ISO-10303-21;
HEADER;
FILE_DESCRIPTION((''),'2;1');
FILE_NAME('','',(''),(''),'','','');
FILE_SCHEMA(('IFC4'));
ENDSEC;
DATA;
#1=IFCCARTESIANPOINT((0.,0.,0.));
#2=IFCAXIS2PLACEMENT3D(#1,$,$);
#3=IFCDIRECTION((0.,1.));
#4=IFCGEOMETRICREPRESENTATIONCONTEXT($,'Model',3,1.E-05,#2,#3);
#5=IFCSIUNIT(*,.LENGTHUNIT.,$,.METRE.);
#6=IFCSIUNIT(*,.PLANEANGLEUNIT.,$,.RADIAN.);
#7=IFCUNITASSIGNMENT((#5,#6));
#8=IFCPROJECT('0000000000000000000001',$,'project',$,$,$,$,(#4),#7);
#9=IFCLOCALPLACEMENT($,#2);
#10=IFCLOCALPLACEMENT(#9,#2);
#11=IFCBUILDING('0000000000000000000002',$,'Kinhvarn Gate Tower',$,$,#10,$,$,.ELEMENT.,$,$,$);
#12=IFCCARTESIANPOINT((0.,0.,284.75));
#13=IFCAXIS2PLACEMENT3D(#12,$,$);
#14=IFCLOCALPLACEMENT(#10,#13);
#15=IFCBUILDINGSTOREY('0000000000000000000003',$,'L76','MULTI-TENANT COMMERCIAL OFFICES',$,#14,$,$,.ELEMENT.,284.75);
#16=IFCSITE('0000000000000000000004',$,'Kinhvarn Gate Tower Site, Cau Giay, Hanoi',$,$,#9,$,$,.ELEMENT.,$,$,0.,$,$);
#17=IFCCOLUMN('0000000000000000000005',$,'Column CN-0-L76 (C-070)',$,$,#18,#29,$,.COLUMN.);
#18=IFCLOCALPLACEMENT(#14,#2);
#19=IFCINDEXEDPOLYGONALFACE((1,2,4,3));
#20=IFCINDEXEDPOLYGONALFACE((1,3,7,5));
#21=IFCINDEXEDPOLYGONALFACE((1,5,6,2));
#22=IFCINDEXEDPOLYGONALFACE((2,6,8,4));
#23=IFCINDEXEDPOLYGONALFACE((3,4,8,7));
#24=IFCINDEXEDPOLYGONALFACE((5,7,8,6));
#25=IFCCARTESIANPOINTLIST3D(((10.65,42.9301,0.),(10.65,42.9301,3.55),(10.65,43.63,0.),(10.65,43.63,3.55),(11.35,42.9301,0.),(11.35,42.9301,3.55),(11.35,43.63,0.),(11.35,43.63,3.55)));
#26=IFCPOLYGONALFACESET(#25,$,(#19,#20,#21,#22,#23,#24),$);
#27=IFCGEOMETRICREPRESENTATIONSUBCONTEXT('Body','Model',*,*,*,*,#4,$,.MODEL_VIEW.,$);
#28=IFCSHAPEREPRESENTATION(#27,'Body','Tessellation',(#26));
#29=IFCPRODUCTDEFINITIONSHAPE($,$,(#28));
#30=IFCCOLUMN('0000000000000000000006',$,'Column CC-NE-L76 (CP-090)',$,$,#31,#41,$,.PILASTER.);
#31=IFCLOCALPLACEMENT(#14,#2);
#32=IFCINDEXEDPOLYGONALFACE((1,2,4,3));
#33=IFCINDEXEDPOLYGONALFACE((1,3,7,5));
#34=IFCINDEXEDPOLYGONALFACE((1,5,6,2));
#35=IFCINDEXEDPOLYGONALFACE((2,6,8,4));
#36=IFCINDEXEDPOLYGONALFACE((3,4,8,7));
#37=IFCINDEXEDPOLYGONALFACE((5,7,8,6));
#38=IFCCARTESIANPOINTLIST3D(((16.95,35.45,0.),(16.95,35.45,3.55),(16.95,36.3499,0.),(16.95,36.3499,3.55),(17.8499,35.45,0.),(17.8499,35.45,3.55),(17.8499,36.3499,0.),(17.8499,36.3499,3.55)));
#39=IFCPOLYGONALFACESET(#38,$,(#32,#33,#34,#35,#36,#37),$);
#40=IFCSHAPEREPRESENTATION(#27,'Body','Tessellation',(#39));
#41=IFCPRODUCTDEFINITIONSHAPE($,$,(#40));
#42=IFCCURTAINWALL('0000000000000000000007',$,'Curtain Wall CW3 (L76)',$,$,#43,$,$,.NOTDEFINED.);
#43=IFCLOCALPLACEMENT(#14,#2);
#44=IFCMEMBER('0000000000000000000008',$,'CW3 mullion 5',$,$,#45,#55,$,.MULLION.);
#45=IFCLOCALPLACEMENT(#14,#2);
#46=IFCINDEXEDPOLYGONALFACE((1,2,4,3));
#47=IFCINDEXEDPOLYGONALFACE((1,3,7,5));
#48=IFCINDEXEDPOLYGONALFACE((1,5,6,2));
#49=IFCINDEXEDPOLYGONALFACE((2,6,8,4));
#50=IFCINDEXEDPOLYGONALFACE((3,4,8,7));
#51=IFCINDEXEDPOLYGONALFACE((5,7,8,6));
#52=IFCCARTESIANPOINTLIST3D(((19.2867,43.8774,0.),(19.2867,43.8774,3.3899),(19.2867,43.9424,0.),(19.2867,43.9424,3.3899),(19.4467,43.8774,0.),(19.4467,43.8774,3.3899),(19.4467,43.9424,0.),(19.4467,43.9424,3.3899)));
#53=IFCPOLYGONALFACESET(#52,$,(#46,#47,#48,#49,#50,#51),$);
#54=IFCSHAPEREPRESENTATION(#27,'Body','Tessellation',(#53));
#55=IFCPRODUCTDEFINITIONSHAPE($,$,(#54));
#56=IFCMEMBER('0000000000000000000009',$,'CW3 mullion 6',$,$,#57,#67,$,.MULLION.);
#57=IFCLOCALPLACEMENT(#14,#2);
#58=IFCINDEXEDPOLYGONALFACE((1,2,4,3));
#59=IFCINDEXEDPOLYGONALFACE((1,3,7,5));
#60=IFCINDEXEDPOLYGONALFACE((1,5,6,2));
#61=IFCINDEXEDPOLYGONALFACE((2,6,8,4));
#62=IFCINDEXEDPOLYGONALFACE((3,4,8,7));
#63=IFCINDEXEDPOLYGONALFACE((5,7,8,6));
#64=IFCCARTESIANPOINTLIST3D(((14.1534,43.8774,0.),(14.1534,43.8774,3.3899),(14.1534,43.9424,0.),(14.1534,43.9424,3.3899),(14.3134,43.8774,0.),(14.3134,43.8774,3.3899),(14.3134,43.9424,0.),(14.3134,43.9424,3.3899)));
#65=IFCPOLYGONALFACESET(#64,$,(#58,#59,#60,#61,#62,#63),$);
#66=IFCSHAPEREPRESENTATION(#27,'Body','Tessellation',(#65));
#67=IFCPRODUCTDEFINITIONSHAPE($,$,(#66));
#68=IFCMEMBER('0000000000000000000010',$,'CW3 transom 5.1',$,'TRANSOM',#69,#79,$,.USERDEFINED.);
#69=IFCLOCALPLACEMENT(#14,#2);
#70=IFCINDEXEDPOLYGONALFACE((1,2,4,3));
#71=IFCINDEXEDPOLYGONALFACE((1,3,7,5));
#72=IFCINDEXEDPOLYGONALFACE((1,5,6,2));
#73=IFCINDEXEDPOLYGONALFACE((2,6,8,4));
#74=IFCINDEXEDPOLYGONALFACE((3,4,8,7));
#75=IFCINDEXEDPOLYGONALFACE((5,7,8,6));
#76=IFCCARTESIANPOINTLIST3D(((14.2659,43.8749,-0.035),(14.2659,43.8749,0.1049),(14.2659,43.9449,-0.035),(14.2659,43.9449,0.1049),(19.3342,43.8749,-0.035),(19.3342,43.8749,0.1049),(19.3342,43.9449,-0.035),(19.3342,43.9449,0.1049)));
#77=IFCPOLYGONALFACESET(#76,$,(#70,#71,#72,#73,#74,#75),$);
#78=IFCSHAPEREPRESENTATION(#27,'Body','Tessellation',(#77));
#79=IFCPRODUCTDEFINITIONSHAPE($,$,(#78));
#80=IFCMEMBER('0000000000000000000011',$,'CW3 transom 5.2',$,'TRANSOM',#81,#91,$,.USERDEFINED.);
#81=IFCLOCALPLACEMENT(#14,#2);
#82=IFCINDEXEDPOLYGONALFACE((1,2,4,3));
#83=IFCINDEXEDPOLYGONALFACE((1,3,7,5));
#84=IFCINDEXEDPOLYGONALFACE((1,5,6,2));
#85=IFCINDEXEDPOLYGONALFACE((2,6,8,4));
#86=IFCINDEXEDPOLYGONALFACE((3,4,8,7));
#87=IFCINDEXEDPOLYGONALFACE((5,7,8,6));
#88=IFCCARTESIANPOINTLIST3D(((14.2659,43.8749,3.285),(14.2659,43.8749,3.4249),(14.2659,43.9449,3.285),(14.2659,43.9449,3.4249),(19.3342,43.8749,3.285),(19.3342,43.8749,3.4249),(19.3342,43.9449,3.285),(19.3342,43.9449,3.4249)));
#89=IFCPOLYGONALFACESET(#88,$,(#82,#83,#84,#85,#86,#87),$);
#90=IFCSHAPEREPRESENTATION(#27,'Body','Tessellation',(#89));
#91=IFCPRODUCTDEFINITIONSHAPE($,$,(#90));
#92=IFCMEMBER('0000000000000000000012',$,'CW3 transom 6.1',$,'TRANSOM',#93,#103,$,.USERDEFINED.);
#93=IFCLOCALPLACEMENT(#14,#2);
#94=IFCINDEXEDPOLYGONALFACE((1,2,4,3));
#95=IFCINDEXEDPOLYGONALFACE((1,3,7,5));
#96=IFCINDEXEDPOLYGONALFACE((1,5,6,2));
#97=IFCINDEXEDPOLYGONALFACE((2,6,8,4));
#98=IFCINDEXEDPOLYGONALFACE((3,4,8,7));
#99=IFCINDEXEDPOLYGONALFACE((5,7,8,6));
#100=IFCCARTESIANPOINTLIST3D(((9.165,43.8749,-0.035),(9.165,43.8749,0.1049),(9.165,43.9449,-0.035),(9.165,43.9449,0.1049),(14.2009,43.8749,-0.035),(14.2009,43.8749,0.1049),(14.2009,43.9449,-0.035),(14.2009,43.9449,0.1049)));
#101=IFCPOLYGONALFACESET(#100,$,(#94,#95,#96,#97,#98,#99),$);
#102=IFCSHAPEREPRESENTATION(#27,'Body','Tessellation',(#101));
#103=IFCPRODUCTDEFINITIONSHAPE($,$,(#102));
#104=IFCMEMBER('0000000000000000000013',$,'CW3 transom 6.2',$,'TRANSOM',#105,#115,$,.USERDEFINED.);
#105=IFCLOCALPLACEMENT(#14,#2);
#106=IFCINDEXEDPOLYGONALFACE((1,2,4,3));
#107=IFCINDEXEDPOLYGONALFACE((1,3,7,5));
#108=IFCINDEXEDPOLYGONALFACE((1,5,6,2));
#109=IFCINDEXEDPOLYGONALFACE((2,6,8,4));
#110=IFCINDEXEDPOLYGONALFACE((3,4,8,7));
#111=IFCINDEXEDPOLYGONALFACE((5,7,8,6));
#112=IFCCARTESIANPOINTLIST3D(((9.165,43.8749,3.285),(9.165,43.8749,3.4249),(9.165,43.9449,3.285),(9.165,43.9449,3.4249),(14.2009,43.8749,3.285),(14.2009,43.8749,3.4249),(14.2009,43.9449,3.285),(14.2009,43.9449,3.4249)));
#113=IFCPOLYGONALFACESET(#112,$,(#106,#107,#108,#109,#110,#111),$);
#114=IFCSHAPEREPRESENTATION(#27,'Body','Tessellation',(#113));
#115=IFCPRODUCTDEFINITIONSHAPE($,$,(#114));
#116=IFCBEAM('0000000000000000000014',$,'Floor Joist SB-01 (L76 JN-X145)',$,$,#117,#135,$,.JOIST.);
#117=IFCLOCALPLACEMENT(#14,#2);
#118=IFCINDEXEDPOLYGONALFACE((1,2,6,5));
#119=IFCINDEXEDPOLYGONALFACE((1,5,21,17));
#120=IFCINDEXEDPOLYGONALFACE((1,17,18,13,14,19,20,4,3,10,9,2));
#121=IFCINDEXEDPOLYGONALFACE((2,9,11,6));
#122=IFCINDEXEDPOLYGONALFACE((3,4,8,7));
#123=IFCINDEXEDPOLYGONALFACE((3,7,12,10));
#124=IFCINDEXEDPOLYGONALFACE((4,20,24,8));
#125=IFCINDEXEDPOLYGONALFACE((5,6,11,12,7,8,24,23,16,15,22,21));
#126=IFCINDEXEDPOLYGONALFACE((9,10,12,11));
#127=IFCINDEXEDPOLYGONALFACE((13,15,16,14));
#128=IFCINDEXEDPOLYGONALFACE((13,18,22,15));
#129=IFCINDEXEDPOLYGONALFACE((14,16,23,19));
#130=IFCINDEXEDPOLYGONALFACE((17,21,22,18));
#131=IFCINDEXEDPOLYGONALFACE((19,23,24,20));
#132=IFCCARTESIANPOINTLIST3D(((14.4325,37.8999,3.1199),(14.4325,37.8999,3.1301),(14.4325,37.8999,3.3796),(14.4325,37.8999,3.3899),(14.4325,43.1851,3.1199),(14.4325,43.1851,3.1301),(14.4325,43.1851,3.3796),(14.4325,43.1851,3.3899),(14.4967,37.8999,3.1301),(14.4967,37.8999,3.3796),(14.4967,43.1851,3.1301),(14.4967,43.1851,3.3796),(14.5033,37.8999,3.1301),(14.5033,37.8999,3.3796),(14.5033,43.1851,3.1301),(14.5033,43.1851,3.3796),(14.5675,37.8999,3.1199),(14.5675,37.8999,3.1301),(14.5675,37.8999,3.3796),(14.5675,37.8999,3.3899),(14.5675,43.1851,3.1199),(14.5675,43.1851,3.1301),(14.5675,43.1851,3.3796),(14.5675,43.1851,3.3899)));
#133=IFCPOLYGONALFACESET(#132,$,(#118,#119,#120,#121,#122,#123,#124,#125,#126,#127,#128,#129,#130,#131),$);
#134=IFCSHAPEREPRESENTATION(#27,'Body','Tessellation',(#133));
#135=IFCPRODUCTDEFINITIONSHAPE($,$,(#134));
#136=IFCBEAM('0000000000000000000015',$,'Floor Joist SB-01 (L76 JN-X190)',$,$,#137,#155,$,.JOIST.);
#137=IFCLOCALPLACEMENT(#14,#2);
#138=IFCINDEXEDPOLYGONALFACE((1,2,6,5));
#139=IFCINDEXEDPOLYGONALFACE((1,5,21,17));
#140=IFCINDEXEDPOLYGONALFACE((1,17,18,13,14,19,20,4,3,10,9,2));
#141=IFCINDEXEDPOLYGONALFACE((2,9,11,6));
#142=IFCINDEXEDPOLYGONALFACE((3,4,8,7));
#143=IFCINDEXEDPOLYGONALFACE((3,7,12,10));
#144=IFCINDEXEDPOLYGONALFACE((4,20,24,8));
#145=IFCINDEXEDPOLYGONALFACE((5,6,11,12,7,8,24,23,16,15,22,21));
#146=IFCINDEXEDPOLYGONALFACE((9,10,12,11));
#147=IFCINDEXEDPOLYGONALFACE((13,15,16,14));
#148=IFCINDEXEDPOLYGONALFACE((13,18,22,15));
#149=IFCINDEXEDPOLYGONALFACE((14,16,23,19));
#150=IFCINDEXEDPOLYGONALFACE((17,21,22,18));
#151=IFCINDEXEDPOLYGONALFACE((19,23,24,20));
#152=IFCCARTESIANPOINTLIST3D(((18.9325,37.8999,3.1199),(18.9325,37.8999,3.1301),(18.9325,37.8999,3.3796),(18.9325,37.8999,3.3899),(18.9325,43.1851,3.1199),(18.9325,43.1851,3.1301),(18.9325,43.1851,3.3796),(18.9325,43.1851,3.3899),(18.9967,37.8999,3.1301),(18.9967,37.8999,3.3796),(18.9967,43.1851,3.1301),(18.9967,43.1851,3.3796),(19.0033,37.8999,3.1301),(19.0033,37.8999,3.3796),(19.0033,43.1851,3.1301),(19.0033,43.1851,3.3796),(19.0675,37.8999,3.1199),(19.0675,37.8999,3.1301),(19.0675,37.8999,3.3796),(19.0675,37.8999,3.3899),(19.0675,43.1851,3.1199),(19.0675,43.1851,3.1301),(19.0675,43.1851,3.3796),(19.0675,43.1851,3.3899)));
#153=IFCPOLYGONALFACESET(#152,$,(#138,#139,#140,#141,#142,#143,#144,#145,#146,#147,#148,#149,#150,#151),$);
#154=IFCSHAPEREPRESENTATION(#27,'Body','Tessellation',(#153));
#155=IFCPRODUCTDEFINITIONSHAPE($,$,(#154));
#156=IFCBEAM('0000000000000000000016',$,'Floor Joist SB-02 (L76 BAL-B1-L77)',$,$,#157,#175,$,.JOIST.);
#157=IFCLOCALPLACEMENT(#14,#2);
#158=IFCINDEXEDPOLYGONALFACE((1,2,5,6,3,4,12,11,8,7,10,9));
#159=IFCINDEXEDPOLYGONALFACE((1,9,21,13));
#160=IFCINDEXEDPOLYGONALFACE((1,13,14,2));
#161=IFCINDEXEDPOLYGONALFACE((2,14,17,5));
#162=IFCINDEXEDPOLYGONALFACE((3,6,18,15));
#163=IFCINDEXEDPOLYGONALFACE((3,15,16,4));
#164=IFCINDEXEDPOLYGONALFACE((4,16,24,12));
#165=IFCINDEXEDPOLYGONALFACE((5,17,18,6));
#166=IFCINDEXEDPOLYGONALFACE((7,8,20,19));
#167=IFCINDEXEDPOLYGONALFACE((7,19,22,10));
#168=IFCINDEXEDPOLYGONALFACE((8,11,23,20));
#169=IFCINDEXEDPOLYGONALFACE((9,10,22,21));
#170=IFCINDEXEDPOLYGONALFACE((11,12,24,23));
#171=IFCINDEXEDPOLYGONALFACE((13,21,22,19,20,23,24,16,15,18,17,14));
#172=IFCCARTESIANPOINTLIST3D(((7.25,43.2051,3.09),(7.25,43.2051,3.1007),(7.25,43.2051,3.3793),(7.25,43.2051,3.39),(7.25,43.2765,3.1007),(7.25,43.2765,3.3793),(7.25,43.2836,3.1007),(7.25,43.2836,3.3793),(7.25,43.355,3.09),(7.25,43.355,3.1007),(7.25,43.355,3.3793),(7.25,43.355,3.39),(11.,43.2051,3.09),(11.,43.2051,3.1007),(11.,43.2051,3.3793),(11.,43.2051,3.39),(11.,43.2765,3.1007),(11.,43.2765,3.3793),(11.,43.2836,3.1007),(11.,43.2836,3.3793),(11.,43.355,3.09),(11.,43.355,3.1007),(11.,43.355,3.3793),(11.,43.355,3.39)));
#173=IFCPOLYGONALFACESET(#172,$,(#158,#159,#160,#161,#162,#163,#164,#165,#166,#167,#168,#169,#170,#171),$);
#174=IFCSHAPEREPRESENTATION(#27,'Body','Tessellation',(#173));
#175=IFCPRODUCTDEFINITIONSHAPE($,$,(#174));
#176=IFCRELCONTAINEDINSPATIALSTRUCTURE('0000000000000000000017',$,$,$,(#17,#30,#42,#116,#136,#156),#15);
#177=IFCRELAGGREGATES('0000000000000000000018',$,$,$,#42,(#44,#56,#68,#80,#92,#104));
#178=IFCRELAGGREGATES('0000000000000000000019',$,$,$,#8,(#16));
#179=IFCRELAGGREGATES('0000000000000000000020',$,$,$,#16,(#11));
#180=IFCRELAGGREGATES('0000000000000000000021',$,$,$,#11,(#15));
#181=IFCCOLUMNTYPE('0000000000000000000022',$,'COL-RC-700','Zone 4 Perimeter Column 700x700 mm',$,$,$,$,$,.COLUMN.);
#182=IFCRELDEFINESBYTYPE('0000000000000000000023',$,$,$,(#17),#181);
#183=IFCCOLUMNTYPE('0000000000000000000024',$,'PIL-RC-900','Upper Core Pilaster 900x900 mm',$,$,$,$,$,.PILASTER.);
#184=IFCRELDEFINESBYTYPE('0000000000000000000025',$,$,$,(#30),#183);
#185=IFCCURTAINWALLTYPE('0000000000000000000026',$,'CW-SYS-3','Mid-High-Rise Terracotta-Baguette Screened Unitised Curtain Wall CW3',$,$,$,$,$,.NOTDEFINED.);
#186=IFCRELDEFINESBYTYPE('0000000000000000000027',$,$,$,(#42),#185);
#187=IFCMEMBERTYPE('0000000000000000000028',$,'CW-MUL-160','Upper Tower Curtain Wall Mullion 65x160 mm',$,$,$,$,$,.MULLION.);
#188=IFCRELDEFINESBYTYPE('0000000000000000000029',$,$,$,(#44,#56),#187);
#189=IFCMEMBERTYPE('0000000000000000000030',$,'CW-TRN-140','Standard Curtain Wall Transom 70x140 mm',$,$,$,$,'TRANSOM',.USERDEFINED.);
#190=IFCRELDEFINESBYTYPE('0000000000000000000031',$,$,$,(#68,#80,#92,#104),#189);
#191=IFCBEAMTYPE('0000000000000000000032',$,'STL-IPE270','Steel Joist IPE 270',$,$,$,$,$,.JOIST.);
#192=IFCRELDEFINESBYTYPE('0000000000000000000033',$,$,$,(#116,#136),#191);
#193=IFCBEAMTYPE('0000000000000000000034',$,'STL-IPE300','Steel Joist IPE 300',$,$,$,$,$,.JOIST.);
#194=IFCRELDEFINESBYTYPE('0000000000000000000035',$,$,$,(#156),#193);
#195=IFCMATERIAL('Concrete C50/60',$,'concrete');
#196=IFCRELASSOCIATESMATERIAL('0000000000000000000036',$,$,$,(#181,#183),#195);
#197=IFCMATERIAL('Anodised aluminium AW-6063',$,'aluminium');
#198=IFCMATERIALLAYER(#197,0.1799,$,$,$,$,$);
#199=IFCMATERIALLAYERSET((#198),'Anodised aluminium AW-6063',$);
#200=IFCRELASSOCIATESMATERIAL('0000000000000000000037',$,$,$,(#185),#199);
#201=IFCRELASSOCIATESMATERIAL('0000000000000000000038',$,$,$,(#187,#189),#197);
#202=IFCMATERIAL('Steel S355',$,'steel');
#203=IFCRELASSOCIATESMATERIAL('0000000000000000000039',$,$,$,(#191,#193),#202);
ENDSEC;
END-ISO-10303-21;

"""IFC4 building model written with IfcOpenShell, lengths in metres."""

from ifc_helpers import new_model, si_unit, direction, frame, origin, origin_2d, place, context, subcontext, project, spatial, rectangle, i_section, extrude, material, layer, layer_set, material_profile, profile_set, type_object, element, aggregate, save


model = new_model("IFC4")

# Units and contexts
model_context = context("Model", 3, precision=1e-05, world=origin(), true_north=direction((0.0, 1.0)))
body_context = subcontext(model_context, "Body", "Model", "MODEL_VIEW")
ifc_project = project(units=[si_unit("LENGTHUNIT", "METRE"), si_unit("PLANEANGLEUNIT", "RADIAN")], contexts=[model_context])

# Site, building, storey
site_placement = place(None, origin())
site = spatial("IfcSite", under=ifc_project, at=site_placement, Name="Kinhvarn Gate Tower Site, Cau Giay, Hanoi", CompositionType="ELEMENT", RefElevation=0.0)
building_placement = place(site_placement, origin())
building = spatial("IfcBuilding", under=site, at=building_placement, Name="Kinhvarn Gate Tower", CompositionType="ELEMENT")
storey_placement = place(building_placement, frame((0.0, 0.0, 284.75)))
storey = spatial("IfcBuildingStorey", under=building, at=storey_placement, Name="L76", Description="MULTI-TENANT COMMERCIAL OFFICES", CompositionType="ELEMENT", Elevation=284.75)

# Columns
ifc_material_1 = material(Name="Concrete C50/60", Category="concrete")
ifc_material_profile_1 = material_profile(ifc_material_1, rectangle(XDim=0.7, YDim=0.7, at=origin_2d()), Name="RC 700x700")
ifc_profile_set_1 = profile_set([ifc_material_profile_1], Name="Concrete C50/60")
column_type_1 = type_object("IfcColumnType", Name="COL-RC-700", Description="Zone 4 Perimeter Column 700x700 mm", PredefinedType="COLUMN", material=ifc_profile_set_1)
column_1_placement = place(storey_placement, frame((11.0, 43.28, 0.0), z_axis=(0.0, 0.0, 1.0), x_axis=(1.0, 0.0, 0.0)))
element("IfcColumn", 1, at=column_1_placement, inside=storey, type_object=column_type_1, Name="Column CN-0-L76 (C-070)", PredefinedType="COLUMN", context=body_context, shape_type="SweptSolid", body=[
    extrude(rectangle(XDim=0.7, YDim=0.7, at=origin_2d()), origin(), (0.0, 0.0, 1.0), 3.55),
])
ifc_material_profile_2 = material_profile(ifc_material_1, rectangle(XDim=0.8999, YDim=0.8999, at=origin_2d()), Name="RC 900x900")
ifc_profile_set_2 = profile_set([ifc_material_profile_2], Name="Concrete C50/60")
column_type_2 = type_object("IfcColumnType", Name="PIL-RC-900", Description="Upper Core Pilaster 900x900 mm", PredefinedType="PILASTER", material=ifc_profile_set_2)
column_2_placement = place(storey_placement, frame((17.3999, 35.8999, 0.0), z_axis=(0.0, 0.0, 1.0), x_axis=(1.0, 0.0, 0.0)))
element("IfcColumn", 2, at=column_2_placement, inside=storey, type_object=column_type_2, Name="Column CC-NE-L76 (CP-090)", PredefinedType="PILASTER", context=body_context, shape_type="SweptSolid", body=[
    extrude(rectangle(XDim=0.8999, YDim=0.8999, at=origin_2d()), origin(), (0.0, 0.0, 1.0), 3.55),
])

# Curtain wall, members
ifc_material_2 = material(Name="Anodised aluminium AW-6063", Category="aluminium")
ifc_layer_1 = layer(ifc_material_2, 0.1799)
ifc_layer_set_1 = layer_set([ifc_layer_1], Name="Anodised aluminium AW-6063")
curtain_wall_type = type_object("IfcCurtainWallType", Name="CW-SYS-3", Description="Mid-High-Rise Terracotta-Baguette Screened Unitised Curtain Wall CW3", PredefinedType="NOTDEFINED", material=ifc_layer_set_1)
curtain_wall_placement = place(storey_placement, origin())
curtain_wall = element("IfcCurtainWall", 3, at=curtain_wall_placement, inside=storey, type_object=curtain_wall_type, Name="Curtain Wall CW3 (L76)", PredefinedType="NOTDEFINED")
ifc_material_profile_3 = material_profile(ifc_material_2, rectangle(XDim=0.0649, YDim=0.1599, at=origin_2d()), Name="ALU 65x160")
ifc_profile_set_3 = profile_set([ifc_material_profile_3], Name="Anodised aluminium AW-6063")
member_type_1 = type_object("IfcMemberType", Name="CW-MUL-160", Description="Upper Tower Curtain Wall Mullion 65x160 mm", PredefinedType="MULLION", material=ifc_profile_set_3)
member_1_placement = place(storey_placement, frame((19.3667, 43.9099, 0.0), z_axis=(0.0, 0.0, 1.0), x_axis=(0.0, -1.0, 0.0)))
member_1 = element("IfcMember", 4, at=member_1_placement, type_object=member_type_1, Name="CW3 mullion 5", PredefinedType="MULLION", context=body_context, shape_type="SweptSolid", body=[
    extrude(rectangle(XDim=0.0649, YDim=0.1599, at=origin_2d()), origin(), (0.0, 0.0, 1.0), 3.3899),
])
member_2_placement = place(storey_placement, frame((14.2334, 43.9099, 0.0), z_axis=(0.0, 0.0, 1.0), x_axis=(0.0, -1.0, 0.0)))
member_2 = element("IfcMember", 5, at=member_2_placement, type_object=member_type_1, Name="CW3 mullion 6", PredefinedType="MULLION", context=body_context, shape_type="SweptSolid", body=[
    extrude(rectangle(XDim=0.0649, YDim=0.1599, at=origin_2d()), origin(), (0.0, 0.0, 1.0), 3.3899),
])
ifc_material_profile_4 = material_profile(ifc_material_2, rectangle(XDim=0.0701, YDim=0.1399, at=origin_2d()), Name="ALU 70x140")
ifc_profile_set_4 = profile_set([ifc_material_profile_4], Name="Anodised aluminium AW-6063")
member_type_2 = type_object("IfcMemberType", Name="CW-TRN-140", Description="Standard Curtain Wall Transom 70x140 mm", ElementType="TRANSOM", PredefinedType="USERDEFINED", material=ifc_profile_set_4)
member_3_placement = place(storey_placement, frame((19.3342, 43.9099, 0.0349), z_axis=(-1.0, 0.0, 0.0), x_axis=(0.0, -1.0, 0.0)))
member_3 = element("IfcMember", 6, at=member_3_placement, type_object=member_type_2, Name="CW3 transom 5.1", ObjectType="TRANSOM", PredefinedType="USERDEFINED", context=body_context, shape_type="SweptSolid", body=[
    extrude(rectangle(XDim=0.0701, YDim=0.1399, at=origin_2d()), origin(), (0.0, 0.0, 1.0), 5.0684),
])
member_4_placement = place(storey_placement, frame((19.3342, 43.9099, 3.355), z_axis=(-1.0, 0.0, 0.0), x_axis=(0.0, -1.0, 0.0)))
member_4 = element("IfcMember", 7, at=member_4_placement, type_object=member_type_2, Name="CW3 transom 5.2", ObjectType="TRANSOM", PredefinedType="USERDEFINED", context=body_context, shape_type="SweptSolid", body=[
    extrude(rectangle(XDim=0.0701, YDim=0.1399, at=origin_2d()), origin(), (0.0, 0.0, 1.0), 5.0684),
])
member_5_placement = place(storey_placement, frame((14.2009, 43.9099, 0.0349), z_axis=(-1.0, 0.0, 0.0), x_axis=(0.0, -1.0, 0.0)))
member_5 = element("IfcMember", 8, at=member_5_placement, type_object=member_type_2, Name="CW3 transom 6.1", ObjectType="TRANSOM", PredefinedType="USERDEFINED", context=body_context, shape_type="SweptSolid", body=[
    extrude(rectangle(XDim=0.0701, YDim=0.1399, at=origin_2d()), origin(), (0.0, 0.0, 1.0), 5.0359),
])
member_6_placement = place(storey_placement, frame((14.2009, 43.9099, 3.355), z_axis=(-1.0, 0.0, 0.0), x_axis=(0.0, -1.0, 0.0)))
member_6 = element("IfcMember", 9, at=member_6_placement, type_object=member_type_2, Name="CW3 transom 6.2", ObjectType="TRANSOM", PredefinedType="USERDEFINED", context=body_context, shape_type="SweptSolid", body=[
    extrude(rectangle(XDim=0.0701, YDim=0.1399, at=origin_2d()), origin(), (0.0, 0.0, 1.0), 5.0359),
])

# Beams
ifc_material_3 = material(Name="Steel S355", Category="steel")
ifc_material_profile_5 = material_profile(ifc_material_3, i_section(OverallWidth=0.135, OverallDepth=0.27, WebThickness=0.0066, FlangeThickness=0.0103, at=origin_2d()), Name="IPE 270")
ifc_profile_set_5 = profile_set([ifc_material_profile_5], Name="Steel S355")
beam_type_1 = type_object("IfcBeamType", Name="STL-IPE270", Description="Steel Joist IPE 270", PredefinedType="JOIST", material=ifc_profile_set_5)
for number, where, z_axis, x_axis, name in (
    (10, (14.5, 37.8999, 3.2549), (0.0, 1.0, 0.0), (-1.0, 0.0, 0.0), "Floor Joist SB-01 (L76 JN-X145)"),
    (11, (19.0, 37.8999, 3.2549), (0.0, 1.0, 0.0), (-1.0, 0.0, 0.0), "Floor Joist SB-01 (L76 JN-X190)"),
):
    element("IfcBeam", number, at=place(storey_placement, frame(where, z_axis=z_axis, x_axis=x_axis)), inside=storey, type_object=beam_type_1, Name=name, PredefinedType="JOIST", context=body_context, shape_type="SweptSolid", body=[
        extrude(i_section(OverallWidth=0.135, OverallDepth=0.27, WebThickness=0.0066, FlangeThickness=0.0103, at=origin_2d()), origin(), (0.0, 0.0, 1.0), 5.2852),
    ])
ifc_material_profile_6 = material_profile(ifc_material_3, i_section(OverallWidth=0.1499, OverallDepth=0.3, WebThickness=0.0071, FlangeThickness=0.0107, at=origin_2d()), Name="IPE 300")
ifc_profile_set_6 = profile_set([ifc_material_profile_6], Name="Steel S355")
beam_type_2 = type_object("IfcBeamType", Name="STL-IPE300", Description="Steel Joist IPE 300", PredefinedType="JOIST", material=ifc_profile_set_6)
beam_1_placement = place(storey_placement, frame((11.0, 43.28, 3.24), z_axis=(-1.0, 0.0, 0.0), x_axis=(0.0, -1.0, 0.0)))
element("IfcBeam", 12, at=beam_1_placement, inside=storey, type_object=beam_type_2, Name="Floor Joist SB-02 (L76 BAL-B1-L77)", PredefinedType="JOIST", context=body_context, shape_type="SweptSolid", body=[
    extrude(i_section(OverallWidth=0.1499, OverallDepth=0.3, WebThickness=0.0071, FlangeThickness=0.0107, at=origin_2d()), origin(), (0.0, 0.0, 1.0), 3.75),
])

aggregate(curtain_wall, [member_1, member_2, member_3, member_4, member_5, member_6])

save(model, "model.ifc")
